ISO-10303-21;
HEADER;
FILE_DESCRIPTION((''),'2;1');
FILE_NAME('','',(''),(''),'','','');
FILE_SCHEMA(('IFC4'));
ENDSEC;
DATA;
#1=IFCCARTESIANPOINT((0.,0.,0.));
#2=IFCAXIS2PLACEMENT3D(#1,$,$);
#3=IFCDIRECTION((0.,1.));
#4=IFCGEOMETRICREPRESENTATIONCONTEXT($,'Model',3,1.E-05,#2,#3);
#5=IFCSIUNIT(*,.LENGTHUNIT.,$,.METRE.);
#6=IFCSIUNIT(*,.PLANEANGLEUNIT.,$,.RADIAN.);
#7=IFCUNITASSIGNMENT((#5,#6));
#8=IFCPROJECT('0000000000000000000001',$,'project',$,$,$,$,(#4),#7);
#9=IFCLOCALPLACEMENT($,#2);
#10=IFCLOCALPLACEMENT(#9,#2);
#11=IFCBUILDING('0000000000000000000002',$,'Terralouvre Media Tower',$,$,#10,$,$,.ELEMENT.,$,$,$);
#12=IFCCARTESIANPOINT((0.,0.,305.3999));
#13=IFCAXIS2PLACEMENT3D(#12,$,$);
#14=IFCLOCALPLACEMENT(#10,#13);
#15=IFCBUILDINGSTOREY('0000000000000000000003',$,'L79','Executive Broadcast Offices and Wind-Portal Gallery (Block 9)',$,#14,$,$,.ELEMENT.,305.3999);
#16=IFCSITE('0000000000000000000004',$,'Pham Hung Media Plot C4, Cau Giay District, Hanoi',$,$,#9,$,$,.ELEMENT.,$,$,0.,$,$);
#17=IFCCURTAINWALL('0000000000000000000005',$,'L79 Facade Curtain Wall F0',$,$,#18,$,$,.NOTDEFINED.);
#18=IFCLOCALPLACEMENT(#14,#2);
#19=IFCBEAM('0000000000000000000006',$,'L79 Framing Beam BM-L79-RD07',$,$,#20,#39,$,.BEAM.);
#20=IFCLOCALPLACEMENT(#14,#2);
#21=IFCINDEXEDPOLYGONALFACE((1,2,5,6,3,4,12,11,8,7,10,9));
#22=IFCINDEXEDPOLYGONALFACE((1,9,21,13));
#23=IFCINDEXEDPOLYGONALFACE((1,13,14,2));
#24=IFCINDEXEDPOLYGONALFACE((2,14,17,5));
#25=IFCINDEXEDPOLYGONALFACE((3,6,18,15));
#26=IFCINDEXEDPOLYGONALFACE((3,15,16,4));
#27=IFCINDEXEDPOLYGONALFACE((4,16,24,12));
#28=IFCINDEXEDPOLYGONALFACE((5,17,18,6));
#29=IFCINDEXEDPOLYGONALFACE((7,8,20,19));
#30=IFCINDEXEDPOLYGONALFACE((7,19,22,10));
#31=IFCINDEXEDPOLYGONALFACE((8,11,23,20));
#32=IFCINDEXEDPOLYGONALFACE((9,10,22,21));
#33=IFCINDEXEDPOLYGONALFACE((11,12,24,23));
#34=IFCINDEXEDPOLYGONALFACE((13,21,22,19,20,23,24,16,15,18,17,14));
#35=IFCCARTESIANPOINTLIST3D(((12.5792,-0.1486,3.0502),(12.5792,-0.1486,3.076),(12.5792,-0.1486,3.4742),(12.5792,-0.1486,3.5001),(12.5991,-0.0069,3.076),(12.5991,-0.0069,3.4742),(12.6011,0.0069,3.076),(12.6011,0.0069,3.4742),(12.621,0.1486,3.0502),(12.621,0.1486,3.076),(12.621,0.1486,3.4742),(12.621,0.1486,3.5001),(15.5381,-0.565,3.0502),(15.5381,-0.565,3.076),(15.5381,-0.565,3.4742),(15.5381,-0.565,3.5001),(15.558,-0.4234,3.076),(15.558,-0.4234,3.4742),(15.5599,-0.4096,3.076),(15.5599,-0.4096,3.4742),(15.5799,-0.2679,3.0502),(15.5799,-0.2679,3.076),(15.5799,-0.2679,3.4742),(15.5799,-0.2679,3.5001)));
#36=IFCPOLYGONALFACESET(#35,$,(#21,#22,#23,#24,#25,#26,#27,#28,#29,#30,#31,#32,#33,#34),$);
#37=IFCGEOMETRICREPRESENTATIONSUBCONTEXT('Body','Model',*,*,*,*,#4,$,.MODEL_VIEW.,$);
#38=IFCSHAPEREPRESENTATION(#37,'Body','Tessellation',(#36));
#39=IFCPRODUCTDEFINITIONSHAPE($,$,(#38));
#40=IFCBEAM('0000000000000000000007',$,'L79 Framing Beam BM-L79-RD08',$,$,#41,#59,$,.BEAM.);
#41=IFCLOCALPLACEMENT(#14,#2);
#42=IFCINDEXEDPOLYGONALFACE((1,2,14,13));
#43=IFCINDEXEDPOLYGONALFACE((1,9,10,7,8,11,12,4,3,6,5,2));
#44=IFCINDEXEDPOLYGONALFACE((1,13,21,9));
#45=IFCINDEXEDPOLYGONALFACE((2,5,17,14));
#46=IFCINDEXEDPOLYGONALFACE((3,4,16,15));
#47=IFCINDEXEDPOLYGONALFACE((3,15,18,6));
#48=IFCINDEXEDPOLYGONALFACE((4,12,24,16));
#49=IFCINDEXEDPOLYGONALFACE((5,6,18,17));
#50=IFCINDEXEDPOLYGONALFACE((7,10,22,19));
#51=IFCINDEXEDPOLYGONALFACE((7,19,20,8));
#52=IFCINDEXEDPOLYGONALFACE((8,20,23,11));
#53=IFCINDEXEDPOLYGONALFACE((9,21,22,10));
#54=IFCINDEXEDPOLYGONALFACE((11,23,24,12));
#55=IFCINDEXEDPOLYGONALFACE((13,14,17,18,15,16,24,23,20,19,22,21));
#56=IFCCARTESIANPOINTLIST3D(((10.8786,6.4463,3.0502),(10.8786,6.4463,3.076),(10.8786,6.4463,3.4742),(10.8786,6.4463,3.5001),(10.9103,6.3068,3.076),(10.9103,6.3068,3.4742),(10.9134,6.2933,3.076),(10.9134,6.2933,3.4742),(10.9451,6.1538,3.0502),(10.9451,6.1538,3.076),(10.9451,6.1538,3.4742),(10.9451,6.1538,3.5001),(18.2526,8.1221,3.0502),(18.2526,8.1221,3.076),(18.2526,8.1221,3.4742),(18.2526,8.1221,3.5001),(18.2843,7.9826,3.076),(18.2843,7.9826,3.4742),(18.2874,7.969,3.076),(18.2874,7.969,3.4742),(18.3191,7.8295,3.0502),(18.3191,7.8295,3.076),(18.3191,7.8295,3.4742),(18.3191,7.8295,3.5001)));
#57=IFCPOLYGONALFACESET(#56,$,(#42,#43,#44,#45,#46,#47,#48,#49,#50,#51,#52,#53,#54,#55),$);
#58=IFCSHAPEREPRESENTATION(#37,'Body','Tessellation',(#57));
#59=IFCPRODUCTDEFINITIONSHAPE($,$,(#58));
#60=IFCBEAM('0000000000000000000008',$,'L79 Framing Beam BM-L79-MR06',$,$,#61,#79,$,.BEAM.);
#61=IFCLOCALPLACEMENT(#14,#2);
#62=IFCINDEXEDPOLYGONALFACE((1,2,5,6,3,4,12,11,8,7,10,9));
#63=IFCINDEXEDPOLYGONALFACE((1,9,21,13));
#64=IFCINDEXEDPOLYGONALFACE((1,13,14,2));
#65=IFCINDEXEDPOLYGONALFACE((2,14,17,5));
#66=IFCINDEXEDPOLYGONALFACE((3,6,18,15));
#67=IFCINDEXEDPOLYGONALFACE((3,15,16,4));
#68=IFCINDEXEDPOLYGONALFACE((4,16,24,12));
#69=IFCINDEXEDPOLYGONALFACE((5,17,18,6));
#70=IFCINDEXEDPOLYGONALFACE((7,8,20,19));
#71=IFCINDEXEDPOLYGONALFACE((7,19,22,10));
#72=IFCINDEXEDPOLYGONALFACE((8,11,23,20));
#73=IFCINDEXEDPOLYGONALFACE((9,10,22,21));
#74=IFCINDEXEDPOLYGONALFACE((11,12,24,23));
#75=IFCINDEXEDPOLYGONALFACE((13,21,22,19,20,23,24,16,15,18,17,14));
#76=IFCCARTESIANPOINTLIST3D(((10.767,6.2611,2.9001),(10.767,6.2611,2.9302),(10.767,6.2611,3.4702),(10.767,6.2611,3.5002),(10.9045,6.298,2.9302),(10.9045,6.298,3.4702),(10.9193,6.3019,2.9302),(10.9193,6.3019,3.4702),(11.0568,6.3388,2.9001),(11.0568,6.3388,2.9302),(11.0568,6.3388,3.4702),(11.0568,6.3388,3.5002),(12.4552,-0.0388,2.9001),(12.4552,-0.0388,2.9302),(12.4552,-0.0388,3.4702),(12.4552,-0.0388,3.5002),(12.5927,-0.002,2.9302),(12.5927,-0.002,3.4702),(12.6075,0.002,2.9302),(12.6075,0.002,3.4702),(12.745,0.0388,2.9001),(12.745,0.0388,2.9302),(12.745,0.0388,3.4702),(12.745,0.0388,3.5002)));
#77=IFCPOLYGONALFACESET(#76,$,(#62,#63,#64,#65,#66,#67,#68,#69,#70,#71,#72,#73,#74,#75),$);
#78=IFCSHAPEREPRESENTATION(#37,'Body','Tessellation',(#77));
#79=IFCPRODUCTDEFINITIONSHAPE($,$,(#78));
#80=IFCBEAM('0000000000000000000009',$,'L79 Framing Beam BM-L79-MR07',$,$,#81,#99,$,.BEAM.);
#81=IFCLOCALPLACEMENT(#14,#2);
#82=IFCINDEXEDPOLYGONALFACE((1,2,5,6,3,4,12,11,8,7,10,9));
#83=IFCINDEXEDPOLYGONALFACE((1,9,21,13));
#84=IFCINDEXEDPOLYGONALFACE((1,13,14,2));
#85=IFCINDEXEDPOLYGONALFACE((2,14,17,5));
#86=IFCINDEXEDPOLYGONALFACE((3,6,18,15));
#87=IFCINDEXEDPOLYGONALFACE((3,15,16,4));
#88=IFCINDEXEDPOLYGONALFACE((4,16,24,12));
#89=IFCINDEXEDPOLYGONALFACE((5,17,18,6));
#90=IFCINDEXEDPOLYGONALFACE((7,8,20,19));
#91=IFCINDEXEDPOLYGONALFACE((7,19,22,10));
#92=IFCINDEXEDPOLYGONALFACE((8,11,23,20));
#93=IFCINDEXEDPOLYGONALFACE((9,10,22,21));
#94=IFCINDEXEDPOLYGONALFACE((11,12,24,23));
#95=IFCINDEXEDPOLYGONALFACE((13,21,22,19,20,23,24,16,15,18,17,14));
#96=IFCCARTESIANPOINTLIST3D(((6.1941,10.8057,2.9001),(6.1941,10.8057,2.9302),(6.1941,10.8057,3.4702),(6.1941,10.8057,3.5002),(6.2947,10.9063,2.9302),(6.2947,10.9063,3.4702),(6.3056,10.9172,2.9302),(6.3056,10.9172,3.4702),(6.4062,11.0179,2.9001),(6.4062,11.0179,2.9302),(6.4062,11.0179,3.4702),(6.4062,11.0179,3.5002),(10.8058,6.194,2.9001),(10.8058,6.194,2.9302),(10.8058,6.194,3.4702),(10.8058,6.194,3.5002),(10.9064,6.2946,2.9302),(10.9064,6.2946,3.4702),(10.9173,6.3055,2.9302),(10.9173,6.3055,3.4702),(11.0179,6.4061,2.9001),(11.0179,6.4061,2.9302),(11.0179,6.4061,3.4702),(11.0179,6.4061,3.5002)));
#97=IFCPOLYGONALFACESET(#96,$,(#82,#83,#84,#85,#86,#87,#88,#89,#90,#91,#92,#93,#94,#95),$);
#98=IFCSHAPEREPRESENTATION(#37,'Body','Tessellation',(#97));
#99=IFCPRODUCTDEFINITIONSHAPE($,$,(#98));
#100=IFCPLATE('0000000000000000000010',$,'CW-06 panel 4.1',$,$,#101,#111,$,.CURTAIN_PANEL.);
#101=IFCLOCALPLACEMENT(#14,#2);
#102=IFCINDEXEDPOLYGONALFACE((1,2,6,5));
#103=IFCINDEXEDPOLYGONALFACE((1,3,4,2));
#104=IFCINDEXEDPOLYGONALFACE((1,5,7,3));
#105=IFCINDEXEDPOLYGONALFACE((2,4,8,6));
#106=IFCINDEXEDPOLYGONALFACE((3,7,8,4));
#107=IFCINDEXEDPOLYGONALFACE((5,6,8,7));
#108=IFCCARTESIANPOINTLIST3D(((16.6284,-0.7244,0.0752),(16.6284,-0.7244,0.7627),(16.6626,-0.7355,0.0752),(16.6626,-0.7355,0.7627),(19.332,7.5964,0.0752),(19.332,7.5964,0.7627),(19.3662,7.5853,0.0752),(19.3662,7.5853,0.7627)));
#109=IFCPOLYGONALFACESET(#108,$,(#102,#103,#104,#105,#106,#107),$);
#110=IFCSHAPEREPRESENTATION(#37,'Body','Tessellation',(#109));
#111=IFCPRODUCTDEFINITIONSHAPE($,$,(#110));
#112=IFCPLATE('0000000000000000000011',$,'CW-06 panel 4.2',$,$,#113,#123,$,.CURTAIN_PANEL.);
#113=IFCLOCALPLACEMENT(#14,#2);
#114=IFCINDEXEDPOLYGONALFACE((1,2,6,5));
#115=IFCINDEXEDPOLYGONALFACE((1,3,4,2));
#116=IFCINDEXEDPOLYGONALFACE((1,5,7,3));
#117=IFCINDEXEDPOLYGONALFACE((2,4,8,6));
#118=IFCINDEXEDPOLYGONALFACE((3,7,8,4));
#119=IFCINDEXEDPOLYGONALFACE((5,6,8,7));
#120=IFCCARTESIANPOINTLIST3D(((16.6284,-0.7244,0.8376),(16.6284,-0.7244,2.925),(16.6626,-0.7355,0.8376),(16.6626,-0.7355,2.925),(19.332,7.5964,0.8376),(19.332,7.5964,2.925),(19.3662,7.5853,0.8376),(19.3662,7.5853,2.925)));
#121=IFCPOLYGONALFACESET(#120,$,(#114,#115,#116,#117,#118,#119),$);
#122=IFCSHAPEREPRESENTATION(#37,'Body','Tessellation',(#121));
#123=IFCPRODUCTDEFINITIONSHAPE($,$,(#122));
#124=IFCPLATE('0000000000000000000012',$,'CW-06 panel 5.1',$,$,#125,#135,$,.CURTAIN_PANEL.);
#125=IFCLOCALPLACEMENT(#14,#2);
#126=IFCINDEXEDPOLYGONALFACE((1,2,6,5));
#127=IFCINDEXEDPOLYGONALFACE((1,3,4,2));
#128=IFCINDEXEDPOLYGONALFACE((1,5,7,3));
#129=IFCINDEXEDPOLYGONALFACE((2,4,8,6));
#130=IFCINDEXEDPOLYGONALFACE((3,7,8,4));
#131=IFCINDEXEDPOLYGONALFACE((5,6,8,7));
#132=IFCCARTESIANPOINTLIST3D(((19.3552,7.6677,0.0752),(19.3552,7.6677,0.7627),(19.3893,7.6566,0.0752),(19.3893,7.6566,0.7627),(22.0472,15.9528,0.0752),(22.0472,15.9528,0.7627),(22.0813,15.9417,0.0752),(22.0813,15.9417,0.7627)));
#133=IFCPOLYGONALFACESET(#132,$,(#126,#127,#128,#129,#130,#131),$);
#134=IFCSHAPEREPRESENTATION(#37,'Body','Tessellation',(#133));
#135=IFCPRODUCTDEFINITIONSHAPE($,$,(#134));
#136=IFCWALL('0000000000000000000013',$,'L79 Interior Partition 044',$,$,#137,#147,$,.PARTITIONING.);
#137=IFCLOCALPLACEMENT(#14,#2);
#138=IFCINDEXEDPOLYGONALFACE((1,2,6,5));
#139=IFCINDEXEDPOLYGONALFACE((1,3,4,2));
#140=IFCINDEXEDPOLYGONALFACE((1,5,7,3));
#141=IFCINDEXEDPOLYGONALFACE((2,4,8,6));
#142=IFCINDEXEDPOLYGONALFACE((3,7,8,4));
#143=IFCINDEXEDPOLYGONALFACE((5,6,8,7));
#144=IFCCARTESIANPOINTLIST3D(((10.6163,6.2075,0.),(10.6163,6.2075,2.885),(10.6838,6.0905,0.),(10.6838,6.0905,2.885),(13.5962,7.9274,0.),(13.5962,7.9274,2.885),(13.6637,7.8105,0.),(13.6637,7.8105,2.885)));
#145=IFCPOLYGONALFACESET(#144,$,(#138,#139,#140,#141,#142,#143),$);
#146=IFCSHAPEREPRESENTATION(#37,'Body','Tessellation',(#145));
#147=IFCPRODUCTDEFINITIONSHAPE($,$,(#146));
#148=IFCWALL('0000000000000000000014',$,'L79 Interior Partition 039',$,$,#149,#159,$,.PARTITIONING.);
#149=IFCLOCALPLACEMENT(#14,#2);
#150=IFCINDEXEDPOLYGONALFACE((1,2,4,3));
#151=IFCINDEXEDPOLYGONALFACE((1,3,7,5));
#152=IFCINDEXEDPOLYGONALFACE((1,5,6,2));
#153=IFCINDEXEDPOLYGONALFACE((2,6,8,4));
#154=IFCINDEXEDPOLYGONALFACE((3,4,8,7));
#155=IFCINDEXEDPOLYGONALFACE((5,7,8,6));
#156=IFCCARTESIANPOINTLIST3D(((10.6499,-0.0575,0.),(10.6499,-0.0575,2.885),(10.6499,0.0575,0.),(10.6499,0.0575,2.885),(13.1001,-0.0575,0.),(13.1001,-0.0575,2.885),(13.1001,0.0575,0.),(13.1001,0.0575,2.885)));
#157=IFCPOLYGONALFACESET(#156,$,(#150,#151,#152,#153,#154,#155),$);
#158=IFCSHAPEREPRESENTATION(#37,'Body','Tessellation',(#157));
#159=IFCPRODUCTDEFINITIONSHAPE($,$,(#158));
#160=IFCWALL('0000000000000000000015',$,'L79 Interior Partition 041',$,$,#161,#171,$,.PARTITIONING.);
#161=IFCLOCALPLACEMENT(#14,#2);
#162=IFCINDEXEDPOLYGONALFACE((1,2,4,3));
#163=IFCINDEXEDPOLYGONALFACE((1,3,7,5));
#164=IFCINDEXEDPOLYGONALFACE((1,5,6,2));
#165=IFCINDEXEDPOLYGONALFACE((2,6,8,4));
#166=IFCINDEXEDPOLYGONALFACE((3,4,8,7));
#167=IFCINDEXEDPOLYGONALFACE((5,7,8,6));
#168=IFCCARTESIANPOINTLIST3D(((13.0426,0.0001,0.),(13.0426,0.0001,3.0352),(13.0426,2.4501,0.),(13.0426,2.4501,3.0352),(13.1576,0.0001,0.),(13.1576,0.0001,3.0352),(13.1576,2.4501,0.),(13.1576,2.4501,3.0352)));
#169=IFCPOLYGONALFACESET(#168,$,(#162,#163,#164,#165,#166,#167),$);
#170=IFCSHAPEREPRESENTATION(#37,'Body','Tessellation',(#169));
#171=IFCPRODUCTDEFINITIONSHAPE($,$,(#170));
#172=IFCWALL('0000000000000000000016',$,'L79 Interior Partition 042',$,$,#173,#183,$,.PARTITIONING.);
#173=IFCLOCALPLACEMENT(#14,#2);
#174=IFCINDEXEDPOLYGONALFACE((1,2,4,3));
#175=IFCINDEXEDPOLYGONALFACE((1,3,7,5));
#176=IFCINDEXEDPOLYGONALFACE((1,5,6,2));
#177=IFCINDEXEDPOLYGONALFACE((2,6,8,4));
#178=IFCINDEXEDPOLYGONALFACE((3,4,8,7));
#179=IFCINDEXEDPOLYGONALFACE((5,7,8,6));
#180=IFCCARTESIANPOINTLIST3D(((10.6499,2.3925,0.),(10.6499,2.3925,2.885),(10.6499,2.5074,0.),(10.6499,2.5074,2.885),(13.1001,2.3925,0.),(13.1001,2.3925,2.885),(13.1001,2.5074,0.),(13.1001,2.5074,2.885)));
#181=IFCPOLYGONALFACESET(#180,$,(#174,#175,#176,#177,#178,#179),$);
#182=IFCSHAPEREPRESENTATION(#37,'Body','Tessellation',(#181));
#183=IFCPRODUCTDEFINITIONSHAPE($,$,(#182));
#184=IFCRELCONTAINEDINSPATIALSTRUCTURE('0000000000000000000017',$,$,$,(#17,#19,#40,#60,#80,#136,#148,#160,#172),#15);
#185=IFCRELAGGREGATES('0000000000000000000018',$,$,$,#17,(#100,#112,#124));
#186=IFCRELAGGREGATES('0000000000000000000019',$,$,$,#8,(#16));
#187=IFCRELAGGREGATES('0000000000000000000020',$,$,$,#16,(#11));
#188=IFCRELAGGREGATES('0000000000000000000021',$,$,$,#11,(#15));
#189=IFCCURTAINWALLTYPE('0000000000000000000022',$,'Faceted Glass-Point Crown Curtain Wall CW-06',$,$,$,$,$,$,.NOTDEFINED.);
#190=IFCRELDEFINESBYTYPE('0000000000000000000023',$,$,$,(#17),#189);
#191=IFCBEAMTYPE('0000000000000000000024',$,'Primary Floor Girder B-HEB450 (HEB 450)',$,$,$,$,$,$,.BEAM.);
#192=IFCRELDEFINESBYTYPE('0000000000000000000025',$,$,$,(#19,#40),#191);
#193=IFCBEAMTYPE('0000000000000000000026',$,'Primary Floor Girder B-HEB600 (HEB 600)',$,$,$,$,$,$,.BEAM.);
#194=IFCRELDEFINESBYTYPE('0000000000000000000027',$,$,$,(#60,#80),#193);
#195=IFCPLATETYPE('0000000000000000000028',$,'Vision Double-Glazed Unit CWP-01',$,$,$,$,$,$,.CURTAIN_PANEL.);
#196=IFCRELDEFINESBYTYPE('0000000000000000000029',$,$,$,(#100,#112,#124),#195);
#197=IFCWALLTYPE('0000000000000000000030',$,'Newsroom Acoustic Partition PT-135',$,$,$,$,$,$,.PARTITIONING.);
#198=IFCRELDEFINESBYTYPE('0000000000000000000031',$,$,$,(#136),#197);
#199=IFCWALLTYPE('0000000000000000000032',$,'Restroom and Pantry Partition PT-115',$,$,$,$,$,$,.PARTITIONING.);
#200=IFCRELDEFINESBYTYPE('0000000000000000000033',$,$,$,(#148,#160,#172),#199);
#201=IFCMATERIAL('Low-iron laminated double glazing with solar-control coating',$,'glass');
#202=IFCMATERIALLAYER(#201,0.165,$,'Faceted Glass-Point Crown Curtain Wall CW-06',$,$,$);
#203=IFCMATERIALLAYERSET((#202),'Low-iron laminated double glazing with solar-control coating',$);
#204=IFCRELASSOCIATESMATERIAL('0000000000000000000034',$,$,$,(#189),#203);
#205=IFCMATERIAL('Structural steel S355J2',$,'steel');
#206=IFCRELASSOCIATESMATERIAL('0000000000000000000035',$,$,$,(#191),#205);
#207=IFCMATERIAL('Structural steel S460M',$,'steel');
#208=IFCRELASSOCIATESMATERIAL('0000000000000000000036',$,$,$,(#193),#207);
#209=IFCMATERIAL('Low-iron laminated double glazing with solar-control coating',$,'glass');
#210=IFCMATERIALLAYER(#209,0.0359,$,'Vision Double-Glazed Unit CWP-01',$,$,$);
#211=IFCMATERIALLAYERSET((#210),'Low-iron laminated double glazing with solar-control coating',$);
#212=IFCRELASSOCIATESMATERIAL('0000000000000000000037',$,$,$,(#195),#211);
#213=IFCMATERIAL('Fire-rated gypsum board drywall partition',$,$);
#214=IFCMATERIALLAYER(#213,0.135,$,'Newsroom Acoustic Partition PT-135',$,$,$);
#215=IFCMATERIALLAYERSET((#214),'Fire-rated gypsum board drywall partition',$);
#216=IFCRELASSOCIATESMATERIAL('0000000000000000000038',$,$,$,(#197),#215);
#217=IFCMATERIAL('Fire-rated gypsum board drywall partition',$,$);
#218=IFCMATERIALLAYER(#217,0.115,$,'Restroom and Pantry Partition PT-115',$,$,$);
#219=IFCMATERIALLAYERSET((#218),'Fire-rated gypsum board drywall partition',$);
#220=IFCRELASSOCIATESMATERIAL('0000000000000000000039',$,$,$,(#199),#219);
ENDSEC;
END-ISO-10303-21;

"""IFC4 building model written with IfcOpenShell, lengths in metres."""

from ifc_helpers import new_model, si_unit, direction, frame, frame_2d, origin, origin_2d, place, context, subcontext, project, spatial, rectangle, i_section, extrude, material, layer, layer_set, material_profile, profile_set, type_object, element, aggregate, save


model = new_model("IFC4")

# Units and contexts
model_context = context("Model", 3, precision=1e-05, world=origin(), true_north=direction((0.0, 1.0)))
body_context = subcontext(model_context, "Body", "Model", "MODEL_VIEW")
ifc_project = project(units=[si_unit("LENGTHUNIT", "METRE"), si_unit("PLANEANGLEUNIT", "RADIAN")], contexts=[model_context])

# Site, building, storey
site_placement = place(None, origin())
site = spatial("IfcSite", under=ifc_project, at=site_placement, Name="Pham Hung Media Plot C4, Cau Giay District, Hanoi", CompositionType="ELEMENT", RefElevation=0.0)
building_placement = place(site_placement, origin())
building = spatial("IfcBuilding", under=site, at=building_placement, Name="Terralouvre Media Tower", CompositionType="ELEMENT")
storey_placement = place(building_placement, frame((0.0, 0.0, 305.3999)))
storey = spatial("IfcBuildingStorey", under=building, at=storey_placement, Name="L79", Description="Executive Broadcast Offices and Wind-Portal Gallery (Block 9)", CompositionType="ELEMENT", Elevation=305.3999)

# Curtain wall
ifc_material_1 = material(Name="Low-iron laminated double glazing with solar-control coating", Category="glass")
ifc_layer_1 = layer(ifc_material_1, 0.165, Name="Faceted Glass-Point Crown Curtain Wall CW-06")
ifc_layer_set_1 = layer_set([ifc_layer_1], Name="Low-iron laminated double glazing with solar-control coating")
curtain_wall_type = type_object("IfcCurtainWallType", Name="Faceted Glass-Point Crown Curtain Wall CW-06", PredefinedType="NOTDEFINED", material=ifc_layer_set_1)
curtain_wall_placement = place(storey_placement, origin())
curtain_wall = element("IfcCurtainWall", 1, at=curtain_wall_placement, inside=storey, type_object=curtain_wall_type, Name="L79 Facade Curtain Wall F0", PredefinedType="NOTDEFINED")

# Beams
ifc_material_2 = material(Name="Structural steel S355J2", Category="steel")
ifc_material_profile_1 = material_profile(ifc_material_2, i_section(OverallWidth=0.3, OverallDepth=0.45, WebThickness=0.0139, FlangeThickness=0.0259, at=origin_2d()), Name="HEB 450")
ifc_profile_set_1 = profile_set([ifc_material_profile_1], Name="Structural steel S355J2")
beam_type_1 = type_object("IfcBeamType", Name="Primary Floor Girder B-HEB450 (HEB 450)", PredefinedType="BEAM", material=ifc_profile_set_1)
beam_1_placement = place(storey_placement, frame((12.6001, 0.0, 3.2751), z_axis=(0.990238, -0.139385, 0.0), x_axis=(0.139385, 0.990238, 0.0)))
element("IfcBeam", 2, at=beam_1_placement, inside=storey, type_object=beam_type_1, Name="L79 Framing Beam BM-L79-RD07", PredefinedType="BEAM", context=body_context, shape_type="SweptSolid", body=[
    extrude(i_section(OverallWidth=0.3, OverallDepth=0.45, WebThickness=0.0139, FlangeThickness=0.0259, at=origin_2d()), origin(), (0.0, 0.0, 1.0), 2.988),
])
beam_2_placement = place(storey_placement, frame((10.9119, 6.3, 3.2751), z_axis=(0.975137, 0.221604, 0.0), x_axis=(-0.221604, 0.975137, 0.0)))
element("IfcBeam", 3, at=beam_2_placement, inside=storey, type_object=beam_type_1, Name="L79 Framing Beam BM-L79-RD08", PredefinedType="BEAM", context=body_context, shape_type="SweptSolid", body=[
    extrude(i_section(OverallWidth=0.3, OverallDepth=0.45, WebThickness=0.0139, FlangeThickness=0.0259, at=origin_2d()), origin(), (0.0, 0.0, 1.0), 7.562),
])
ifc_material_3 = material(Name="Structural steel S460M", Category="steel")
ifc_material_profile_2 = material_profile(ifc_material_3, i_section(OverallWidth=0.3, OverallDepth=0.6001, WebThickness=0.0154, FlangeThickness=0.03, at=origin_2d()), Name="HEB 600")
ifc_profile_set_2 = profile_set([ifc_material_profile_2], Name="Structural steel S460M")
beam_type_2 = type_object("IfcBeamType", Name="Primary Floor Girder B-HEB600 (HEB 600)", PredefinedType="BEAM", material=ifc_profile_set_2)
beam_3_placement = place(storey_placement, frame((12.6001, 0.0, 3.2002), z_axis=(-0.258839, 0.96592, 0.0), x_axis=(-0.96592, -0.258839, 0.0)))
element("IfcBeam", 4, at=beam_3_placement, inside=storey, type_object=beam_type_2, Name="L79 Framing Beam BM-L79-MR06", PredefinedType="BEAM", context=body_context, shape_type="SweptSolid", body=[
    extrude(i_section(OverallWidth=0.3, OverallDepth=0.6001, WebThickness=0.0154, FlangeThickness=0.03, at=origin_2d()), origin(), (0.0, 0.0, 1.0), 6.5222),
])
beam_4_placement = place(storey_placement, frame((10.9119, 6.3, 3.2002), z_axis=(-0.707107, 0.707107, 0.0), x_axis=(-0.707107, -0.707107, 0.0)))
element("IfcBeam", 5, at=beam_4_placement, inside=storey, type_object=beam_type_2, Name="L79 Framing Beam BM-L79-MR07", PredefinedType="BEAM", context=body_context, shape_type="SweptSolid", body=[
    extrude(i_section(OverallWidth=0.3, OverallDepth=0.6001, WebThickness=0.0154, FlangeThickness=0.03, at=origin_2d()), origin(), (0.0, 0.0, 1.0), 6.522),
])

# Plates
ifc_material_4 = material(Name="Low-iron laminated double glazing with solar-control coating", Category="glass")
ifc_layer_2 = layer(ifc_material_4, 0.0359, Name="Vision Double-Glazed Unit CWP-01")
ifc_layer_set_2 = layer_set([ifc_layer_2], Name="Low-iron laminated double glazing with solar-control coating")
plate_type = type_object("IfcPlateType", Name="Vision Double-Glazed Unit CWP-01", PredefinedType="CURTAIN_PANEL", material=ifc_layer_set_2)
plate_1_placement = place(storey_placement, frame((17.9973, 3.4304, 0.0752), z_axis=(0.0, 0.0, 1.0), x_axis=(0.309017, 0.951057, 0.0)))
plate_1 = element("IfcPlate", 6, at=plate_1_placement, type_object=plate_type, Name="CW-06 panel 4.1", PredefinedType="CURTAIN_PANEL", context=body_context, shape_type="SweptSolid", body=[
    extrude(rectangle(XDim=8.749, YDim=0.0359, at=origin_2d()), origin(), (0.0, 0.0, 1.0), 0.6875),
])
plate_2_placement = place(storey_placement, frame((17.9973, 3.4304, 0.8376), z_axis=(0.0, 0.0, 1.0), x_axis=(0.309017, 0.951057, 0.0)))
plate_2 = element("IfcPlate", 7, at=plate_2_placement, type_object=plate_type, Name="CW-06 panel 4.2", PredefinedType="CURTAIN_PANEL", context=body_context, shape_type="SweptSolid", body=[
    extrude(rectangle(XDim=8.749, YDim=0.0359, at=origin_2d()), origin(), (0.0, 0.0, 1.0), 2.0874),
])
plate_3_placement = place(storey_placement, frame((20.7183, 11.8047, 0.0752), z_axis=(0.0, 0.0, 1.0), x_axis=(0.309017, 0.951057, 0.0)))
plate_3 = element("IfcPlate", 8, at=plate_3_placement, type_object=plate_type, Name="CW-06 panel 5.1", PredefinedType="CURTAIN_PANEL", context=body_context, shape_type="SweptSolid", body=[
    extrude(rectangle(XDim=8.7114, YDim=0.0359, at=origin_2d()), origin(), (0.0, 0.0, 1.0), 0.6875),
])
aggregate(curtain_wall, [plate_1, plate_2, plate_3])

# Walls
ifc_material_5 = material(Name="Fire-rated gypsum board drywall partition")
ifc_layer_3 = layer(ifc_material_5, 0.135, Name="Newsroom Acoustic Partition PT-135")
ifc_layer_set_3 = layer_set([ifc_layer_3], Name="Fire-rated gypsum board drywall partition")
wall_type_1 = type_object("IfcWallType", Name="Newsroom Acoustic Partition PT-135", PredefinedType="PARTITIONING", material=ifc_layer_set_3)
wall_1_placement = place(storey_placement, frame((13.6299, 7.8689, 0.0), z_axis=(0.0, 0.0, 1.0), x_axis=(-0.866091, -0.499886, 0.0)))
element("IfcWall", 9, at=wall_1_placement, inside=storey, type_object=wall_type_1, Name="L79 Interior Partition 044", PredefinedType="PARTITIONING", context=body_context, shape_type="SweptSolid", body=[
    extrude(rectangle(XDim=3.4407, YDim=0.135, at=frame_2d((1.7202, 0.0))), origin(), (0.0, 0.0, 1.0), 2.885),
])
ifc_material_6 = material(Name="Fire-rated gypsum board drywall partition")
ifc_layer_4 = layer(ifc_material_6, 0.115, Name="Restroom and Pantry Partition PT-115")
ifc_layer_set_4 = layer_set([ifc_layer_4], Name="Fire-rated gypsum board drywall partition")
wall_type_2 = type_object("IfcWallType", Name="Restroom and Pantry Partition PT-115", PredefinedType="PARTITIONING", material=ifc_layer_set_4)
wall_2_placement = place(storey_placement, frame((13.1001, 0.0, 0.0), z_axis=(0.0, 0.0, 1.0), x_axis=(-1.0, 0.0, 0.0)))
element("IfcWall", 10, at=wall_2_placement, inside=storey, type_object=wall_type_2, Name="L79 Interior Partition 039", PredefinedType="PARTITIONING", context=body_context, shape_type="SweptSolid", body=[
    extrude(rectangle(XDim=2.4502, YDim=0.115, at=frame_2d((1.2251, 0.0))), origin(), (0.0, 0.0, 1.0), 2.885),
])
wall_3_placement = place(storey_placement, frame((13.1001, 0.0, 0.0), z_axis=(0.0, 0.0, 1.0), x_axis=(0.0, 1.0, 0.0)))
element("IfcWall", 11, at=wall_3_placement, inside=storey, type_object=wall_type_2, Name="L79 Interior Partition 041", PredefinedType="PARTITIONING", context=body_context, shape_type="SweptSolid", body=[
    extrude(rectangle(XDim=2.45, YDim=0.115, at=frame_2d((1.2251, 0.0))), origin(), (0.0, 0.0, 1.0), 3.0352),
])
wall_4_placement = place(storey_placement, frame((13.1001, 2.45, 0.0), z_axis=(0.0, 0.0, 1.0), x_axis=(-1.0, 0.0, 0.0)))
element("IfcWall", 12, at=wall_4_placement, inside=storey, type_object=wall_type_2, Name="L79 Interior Partition 042", PredefinedType="PARTITIONING", context=body_context, shape_type="SweptSolid", body=[
    extrude(rectangle(XDim=2.4502, YDim=0.115, at=frame_2d((1.2251, 0.0))), origin(), (0.0, 0.0, 1.0), 2.885),
])

save(model, "model.ifc")
